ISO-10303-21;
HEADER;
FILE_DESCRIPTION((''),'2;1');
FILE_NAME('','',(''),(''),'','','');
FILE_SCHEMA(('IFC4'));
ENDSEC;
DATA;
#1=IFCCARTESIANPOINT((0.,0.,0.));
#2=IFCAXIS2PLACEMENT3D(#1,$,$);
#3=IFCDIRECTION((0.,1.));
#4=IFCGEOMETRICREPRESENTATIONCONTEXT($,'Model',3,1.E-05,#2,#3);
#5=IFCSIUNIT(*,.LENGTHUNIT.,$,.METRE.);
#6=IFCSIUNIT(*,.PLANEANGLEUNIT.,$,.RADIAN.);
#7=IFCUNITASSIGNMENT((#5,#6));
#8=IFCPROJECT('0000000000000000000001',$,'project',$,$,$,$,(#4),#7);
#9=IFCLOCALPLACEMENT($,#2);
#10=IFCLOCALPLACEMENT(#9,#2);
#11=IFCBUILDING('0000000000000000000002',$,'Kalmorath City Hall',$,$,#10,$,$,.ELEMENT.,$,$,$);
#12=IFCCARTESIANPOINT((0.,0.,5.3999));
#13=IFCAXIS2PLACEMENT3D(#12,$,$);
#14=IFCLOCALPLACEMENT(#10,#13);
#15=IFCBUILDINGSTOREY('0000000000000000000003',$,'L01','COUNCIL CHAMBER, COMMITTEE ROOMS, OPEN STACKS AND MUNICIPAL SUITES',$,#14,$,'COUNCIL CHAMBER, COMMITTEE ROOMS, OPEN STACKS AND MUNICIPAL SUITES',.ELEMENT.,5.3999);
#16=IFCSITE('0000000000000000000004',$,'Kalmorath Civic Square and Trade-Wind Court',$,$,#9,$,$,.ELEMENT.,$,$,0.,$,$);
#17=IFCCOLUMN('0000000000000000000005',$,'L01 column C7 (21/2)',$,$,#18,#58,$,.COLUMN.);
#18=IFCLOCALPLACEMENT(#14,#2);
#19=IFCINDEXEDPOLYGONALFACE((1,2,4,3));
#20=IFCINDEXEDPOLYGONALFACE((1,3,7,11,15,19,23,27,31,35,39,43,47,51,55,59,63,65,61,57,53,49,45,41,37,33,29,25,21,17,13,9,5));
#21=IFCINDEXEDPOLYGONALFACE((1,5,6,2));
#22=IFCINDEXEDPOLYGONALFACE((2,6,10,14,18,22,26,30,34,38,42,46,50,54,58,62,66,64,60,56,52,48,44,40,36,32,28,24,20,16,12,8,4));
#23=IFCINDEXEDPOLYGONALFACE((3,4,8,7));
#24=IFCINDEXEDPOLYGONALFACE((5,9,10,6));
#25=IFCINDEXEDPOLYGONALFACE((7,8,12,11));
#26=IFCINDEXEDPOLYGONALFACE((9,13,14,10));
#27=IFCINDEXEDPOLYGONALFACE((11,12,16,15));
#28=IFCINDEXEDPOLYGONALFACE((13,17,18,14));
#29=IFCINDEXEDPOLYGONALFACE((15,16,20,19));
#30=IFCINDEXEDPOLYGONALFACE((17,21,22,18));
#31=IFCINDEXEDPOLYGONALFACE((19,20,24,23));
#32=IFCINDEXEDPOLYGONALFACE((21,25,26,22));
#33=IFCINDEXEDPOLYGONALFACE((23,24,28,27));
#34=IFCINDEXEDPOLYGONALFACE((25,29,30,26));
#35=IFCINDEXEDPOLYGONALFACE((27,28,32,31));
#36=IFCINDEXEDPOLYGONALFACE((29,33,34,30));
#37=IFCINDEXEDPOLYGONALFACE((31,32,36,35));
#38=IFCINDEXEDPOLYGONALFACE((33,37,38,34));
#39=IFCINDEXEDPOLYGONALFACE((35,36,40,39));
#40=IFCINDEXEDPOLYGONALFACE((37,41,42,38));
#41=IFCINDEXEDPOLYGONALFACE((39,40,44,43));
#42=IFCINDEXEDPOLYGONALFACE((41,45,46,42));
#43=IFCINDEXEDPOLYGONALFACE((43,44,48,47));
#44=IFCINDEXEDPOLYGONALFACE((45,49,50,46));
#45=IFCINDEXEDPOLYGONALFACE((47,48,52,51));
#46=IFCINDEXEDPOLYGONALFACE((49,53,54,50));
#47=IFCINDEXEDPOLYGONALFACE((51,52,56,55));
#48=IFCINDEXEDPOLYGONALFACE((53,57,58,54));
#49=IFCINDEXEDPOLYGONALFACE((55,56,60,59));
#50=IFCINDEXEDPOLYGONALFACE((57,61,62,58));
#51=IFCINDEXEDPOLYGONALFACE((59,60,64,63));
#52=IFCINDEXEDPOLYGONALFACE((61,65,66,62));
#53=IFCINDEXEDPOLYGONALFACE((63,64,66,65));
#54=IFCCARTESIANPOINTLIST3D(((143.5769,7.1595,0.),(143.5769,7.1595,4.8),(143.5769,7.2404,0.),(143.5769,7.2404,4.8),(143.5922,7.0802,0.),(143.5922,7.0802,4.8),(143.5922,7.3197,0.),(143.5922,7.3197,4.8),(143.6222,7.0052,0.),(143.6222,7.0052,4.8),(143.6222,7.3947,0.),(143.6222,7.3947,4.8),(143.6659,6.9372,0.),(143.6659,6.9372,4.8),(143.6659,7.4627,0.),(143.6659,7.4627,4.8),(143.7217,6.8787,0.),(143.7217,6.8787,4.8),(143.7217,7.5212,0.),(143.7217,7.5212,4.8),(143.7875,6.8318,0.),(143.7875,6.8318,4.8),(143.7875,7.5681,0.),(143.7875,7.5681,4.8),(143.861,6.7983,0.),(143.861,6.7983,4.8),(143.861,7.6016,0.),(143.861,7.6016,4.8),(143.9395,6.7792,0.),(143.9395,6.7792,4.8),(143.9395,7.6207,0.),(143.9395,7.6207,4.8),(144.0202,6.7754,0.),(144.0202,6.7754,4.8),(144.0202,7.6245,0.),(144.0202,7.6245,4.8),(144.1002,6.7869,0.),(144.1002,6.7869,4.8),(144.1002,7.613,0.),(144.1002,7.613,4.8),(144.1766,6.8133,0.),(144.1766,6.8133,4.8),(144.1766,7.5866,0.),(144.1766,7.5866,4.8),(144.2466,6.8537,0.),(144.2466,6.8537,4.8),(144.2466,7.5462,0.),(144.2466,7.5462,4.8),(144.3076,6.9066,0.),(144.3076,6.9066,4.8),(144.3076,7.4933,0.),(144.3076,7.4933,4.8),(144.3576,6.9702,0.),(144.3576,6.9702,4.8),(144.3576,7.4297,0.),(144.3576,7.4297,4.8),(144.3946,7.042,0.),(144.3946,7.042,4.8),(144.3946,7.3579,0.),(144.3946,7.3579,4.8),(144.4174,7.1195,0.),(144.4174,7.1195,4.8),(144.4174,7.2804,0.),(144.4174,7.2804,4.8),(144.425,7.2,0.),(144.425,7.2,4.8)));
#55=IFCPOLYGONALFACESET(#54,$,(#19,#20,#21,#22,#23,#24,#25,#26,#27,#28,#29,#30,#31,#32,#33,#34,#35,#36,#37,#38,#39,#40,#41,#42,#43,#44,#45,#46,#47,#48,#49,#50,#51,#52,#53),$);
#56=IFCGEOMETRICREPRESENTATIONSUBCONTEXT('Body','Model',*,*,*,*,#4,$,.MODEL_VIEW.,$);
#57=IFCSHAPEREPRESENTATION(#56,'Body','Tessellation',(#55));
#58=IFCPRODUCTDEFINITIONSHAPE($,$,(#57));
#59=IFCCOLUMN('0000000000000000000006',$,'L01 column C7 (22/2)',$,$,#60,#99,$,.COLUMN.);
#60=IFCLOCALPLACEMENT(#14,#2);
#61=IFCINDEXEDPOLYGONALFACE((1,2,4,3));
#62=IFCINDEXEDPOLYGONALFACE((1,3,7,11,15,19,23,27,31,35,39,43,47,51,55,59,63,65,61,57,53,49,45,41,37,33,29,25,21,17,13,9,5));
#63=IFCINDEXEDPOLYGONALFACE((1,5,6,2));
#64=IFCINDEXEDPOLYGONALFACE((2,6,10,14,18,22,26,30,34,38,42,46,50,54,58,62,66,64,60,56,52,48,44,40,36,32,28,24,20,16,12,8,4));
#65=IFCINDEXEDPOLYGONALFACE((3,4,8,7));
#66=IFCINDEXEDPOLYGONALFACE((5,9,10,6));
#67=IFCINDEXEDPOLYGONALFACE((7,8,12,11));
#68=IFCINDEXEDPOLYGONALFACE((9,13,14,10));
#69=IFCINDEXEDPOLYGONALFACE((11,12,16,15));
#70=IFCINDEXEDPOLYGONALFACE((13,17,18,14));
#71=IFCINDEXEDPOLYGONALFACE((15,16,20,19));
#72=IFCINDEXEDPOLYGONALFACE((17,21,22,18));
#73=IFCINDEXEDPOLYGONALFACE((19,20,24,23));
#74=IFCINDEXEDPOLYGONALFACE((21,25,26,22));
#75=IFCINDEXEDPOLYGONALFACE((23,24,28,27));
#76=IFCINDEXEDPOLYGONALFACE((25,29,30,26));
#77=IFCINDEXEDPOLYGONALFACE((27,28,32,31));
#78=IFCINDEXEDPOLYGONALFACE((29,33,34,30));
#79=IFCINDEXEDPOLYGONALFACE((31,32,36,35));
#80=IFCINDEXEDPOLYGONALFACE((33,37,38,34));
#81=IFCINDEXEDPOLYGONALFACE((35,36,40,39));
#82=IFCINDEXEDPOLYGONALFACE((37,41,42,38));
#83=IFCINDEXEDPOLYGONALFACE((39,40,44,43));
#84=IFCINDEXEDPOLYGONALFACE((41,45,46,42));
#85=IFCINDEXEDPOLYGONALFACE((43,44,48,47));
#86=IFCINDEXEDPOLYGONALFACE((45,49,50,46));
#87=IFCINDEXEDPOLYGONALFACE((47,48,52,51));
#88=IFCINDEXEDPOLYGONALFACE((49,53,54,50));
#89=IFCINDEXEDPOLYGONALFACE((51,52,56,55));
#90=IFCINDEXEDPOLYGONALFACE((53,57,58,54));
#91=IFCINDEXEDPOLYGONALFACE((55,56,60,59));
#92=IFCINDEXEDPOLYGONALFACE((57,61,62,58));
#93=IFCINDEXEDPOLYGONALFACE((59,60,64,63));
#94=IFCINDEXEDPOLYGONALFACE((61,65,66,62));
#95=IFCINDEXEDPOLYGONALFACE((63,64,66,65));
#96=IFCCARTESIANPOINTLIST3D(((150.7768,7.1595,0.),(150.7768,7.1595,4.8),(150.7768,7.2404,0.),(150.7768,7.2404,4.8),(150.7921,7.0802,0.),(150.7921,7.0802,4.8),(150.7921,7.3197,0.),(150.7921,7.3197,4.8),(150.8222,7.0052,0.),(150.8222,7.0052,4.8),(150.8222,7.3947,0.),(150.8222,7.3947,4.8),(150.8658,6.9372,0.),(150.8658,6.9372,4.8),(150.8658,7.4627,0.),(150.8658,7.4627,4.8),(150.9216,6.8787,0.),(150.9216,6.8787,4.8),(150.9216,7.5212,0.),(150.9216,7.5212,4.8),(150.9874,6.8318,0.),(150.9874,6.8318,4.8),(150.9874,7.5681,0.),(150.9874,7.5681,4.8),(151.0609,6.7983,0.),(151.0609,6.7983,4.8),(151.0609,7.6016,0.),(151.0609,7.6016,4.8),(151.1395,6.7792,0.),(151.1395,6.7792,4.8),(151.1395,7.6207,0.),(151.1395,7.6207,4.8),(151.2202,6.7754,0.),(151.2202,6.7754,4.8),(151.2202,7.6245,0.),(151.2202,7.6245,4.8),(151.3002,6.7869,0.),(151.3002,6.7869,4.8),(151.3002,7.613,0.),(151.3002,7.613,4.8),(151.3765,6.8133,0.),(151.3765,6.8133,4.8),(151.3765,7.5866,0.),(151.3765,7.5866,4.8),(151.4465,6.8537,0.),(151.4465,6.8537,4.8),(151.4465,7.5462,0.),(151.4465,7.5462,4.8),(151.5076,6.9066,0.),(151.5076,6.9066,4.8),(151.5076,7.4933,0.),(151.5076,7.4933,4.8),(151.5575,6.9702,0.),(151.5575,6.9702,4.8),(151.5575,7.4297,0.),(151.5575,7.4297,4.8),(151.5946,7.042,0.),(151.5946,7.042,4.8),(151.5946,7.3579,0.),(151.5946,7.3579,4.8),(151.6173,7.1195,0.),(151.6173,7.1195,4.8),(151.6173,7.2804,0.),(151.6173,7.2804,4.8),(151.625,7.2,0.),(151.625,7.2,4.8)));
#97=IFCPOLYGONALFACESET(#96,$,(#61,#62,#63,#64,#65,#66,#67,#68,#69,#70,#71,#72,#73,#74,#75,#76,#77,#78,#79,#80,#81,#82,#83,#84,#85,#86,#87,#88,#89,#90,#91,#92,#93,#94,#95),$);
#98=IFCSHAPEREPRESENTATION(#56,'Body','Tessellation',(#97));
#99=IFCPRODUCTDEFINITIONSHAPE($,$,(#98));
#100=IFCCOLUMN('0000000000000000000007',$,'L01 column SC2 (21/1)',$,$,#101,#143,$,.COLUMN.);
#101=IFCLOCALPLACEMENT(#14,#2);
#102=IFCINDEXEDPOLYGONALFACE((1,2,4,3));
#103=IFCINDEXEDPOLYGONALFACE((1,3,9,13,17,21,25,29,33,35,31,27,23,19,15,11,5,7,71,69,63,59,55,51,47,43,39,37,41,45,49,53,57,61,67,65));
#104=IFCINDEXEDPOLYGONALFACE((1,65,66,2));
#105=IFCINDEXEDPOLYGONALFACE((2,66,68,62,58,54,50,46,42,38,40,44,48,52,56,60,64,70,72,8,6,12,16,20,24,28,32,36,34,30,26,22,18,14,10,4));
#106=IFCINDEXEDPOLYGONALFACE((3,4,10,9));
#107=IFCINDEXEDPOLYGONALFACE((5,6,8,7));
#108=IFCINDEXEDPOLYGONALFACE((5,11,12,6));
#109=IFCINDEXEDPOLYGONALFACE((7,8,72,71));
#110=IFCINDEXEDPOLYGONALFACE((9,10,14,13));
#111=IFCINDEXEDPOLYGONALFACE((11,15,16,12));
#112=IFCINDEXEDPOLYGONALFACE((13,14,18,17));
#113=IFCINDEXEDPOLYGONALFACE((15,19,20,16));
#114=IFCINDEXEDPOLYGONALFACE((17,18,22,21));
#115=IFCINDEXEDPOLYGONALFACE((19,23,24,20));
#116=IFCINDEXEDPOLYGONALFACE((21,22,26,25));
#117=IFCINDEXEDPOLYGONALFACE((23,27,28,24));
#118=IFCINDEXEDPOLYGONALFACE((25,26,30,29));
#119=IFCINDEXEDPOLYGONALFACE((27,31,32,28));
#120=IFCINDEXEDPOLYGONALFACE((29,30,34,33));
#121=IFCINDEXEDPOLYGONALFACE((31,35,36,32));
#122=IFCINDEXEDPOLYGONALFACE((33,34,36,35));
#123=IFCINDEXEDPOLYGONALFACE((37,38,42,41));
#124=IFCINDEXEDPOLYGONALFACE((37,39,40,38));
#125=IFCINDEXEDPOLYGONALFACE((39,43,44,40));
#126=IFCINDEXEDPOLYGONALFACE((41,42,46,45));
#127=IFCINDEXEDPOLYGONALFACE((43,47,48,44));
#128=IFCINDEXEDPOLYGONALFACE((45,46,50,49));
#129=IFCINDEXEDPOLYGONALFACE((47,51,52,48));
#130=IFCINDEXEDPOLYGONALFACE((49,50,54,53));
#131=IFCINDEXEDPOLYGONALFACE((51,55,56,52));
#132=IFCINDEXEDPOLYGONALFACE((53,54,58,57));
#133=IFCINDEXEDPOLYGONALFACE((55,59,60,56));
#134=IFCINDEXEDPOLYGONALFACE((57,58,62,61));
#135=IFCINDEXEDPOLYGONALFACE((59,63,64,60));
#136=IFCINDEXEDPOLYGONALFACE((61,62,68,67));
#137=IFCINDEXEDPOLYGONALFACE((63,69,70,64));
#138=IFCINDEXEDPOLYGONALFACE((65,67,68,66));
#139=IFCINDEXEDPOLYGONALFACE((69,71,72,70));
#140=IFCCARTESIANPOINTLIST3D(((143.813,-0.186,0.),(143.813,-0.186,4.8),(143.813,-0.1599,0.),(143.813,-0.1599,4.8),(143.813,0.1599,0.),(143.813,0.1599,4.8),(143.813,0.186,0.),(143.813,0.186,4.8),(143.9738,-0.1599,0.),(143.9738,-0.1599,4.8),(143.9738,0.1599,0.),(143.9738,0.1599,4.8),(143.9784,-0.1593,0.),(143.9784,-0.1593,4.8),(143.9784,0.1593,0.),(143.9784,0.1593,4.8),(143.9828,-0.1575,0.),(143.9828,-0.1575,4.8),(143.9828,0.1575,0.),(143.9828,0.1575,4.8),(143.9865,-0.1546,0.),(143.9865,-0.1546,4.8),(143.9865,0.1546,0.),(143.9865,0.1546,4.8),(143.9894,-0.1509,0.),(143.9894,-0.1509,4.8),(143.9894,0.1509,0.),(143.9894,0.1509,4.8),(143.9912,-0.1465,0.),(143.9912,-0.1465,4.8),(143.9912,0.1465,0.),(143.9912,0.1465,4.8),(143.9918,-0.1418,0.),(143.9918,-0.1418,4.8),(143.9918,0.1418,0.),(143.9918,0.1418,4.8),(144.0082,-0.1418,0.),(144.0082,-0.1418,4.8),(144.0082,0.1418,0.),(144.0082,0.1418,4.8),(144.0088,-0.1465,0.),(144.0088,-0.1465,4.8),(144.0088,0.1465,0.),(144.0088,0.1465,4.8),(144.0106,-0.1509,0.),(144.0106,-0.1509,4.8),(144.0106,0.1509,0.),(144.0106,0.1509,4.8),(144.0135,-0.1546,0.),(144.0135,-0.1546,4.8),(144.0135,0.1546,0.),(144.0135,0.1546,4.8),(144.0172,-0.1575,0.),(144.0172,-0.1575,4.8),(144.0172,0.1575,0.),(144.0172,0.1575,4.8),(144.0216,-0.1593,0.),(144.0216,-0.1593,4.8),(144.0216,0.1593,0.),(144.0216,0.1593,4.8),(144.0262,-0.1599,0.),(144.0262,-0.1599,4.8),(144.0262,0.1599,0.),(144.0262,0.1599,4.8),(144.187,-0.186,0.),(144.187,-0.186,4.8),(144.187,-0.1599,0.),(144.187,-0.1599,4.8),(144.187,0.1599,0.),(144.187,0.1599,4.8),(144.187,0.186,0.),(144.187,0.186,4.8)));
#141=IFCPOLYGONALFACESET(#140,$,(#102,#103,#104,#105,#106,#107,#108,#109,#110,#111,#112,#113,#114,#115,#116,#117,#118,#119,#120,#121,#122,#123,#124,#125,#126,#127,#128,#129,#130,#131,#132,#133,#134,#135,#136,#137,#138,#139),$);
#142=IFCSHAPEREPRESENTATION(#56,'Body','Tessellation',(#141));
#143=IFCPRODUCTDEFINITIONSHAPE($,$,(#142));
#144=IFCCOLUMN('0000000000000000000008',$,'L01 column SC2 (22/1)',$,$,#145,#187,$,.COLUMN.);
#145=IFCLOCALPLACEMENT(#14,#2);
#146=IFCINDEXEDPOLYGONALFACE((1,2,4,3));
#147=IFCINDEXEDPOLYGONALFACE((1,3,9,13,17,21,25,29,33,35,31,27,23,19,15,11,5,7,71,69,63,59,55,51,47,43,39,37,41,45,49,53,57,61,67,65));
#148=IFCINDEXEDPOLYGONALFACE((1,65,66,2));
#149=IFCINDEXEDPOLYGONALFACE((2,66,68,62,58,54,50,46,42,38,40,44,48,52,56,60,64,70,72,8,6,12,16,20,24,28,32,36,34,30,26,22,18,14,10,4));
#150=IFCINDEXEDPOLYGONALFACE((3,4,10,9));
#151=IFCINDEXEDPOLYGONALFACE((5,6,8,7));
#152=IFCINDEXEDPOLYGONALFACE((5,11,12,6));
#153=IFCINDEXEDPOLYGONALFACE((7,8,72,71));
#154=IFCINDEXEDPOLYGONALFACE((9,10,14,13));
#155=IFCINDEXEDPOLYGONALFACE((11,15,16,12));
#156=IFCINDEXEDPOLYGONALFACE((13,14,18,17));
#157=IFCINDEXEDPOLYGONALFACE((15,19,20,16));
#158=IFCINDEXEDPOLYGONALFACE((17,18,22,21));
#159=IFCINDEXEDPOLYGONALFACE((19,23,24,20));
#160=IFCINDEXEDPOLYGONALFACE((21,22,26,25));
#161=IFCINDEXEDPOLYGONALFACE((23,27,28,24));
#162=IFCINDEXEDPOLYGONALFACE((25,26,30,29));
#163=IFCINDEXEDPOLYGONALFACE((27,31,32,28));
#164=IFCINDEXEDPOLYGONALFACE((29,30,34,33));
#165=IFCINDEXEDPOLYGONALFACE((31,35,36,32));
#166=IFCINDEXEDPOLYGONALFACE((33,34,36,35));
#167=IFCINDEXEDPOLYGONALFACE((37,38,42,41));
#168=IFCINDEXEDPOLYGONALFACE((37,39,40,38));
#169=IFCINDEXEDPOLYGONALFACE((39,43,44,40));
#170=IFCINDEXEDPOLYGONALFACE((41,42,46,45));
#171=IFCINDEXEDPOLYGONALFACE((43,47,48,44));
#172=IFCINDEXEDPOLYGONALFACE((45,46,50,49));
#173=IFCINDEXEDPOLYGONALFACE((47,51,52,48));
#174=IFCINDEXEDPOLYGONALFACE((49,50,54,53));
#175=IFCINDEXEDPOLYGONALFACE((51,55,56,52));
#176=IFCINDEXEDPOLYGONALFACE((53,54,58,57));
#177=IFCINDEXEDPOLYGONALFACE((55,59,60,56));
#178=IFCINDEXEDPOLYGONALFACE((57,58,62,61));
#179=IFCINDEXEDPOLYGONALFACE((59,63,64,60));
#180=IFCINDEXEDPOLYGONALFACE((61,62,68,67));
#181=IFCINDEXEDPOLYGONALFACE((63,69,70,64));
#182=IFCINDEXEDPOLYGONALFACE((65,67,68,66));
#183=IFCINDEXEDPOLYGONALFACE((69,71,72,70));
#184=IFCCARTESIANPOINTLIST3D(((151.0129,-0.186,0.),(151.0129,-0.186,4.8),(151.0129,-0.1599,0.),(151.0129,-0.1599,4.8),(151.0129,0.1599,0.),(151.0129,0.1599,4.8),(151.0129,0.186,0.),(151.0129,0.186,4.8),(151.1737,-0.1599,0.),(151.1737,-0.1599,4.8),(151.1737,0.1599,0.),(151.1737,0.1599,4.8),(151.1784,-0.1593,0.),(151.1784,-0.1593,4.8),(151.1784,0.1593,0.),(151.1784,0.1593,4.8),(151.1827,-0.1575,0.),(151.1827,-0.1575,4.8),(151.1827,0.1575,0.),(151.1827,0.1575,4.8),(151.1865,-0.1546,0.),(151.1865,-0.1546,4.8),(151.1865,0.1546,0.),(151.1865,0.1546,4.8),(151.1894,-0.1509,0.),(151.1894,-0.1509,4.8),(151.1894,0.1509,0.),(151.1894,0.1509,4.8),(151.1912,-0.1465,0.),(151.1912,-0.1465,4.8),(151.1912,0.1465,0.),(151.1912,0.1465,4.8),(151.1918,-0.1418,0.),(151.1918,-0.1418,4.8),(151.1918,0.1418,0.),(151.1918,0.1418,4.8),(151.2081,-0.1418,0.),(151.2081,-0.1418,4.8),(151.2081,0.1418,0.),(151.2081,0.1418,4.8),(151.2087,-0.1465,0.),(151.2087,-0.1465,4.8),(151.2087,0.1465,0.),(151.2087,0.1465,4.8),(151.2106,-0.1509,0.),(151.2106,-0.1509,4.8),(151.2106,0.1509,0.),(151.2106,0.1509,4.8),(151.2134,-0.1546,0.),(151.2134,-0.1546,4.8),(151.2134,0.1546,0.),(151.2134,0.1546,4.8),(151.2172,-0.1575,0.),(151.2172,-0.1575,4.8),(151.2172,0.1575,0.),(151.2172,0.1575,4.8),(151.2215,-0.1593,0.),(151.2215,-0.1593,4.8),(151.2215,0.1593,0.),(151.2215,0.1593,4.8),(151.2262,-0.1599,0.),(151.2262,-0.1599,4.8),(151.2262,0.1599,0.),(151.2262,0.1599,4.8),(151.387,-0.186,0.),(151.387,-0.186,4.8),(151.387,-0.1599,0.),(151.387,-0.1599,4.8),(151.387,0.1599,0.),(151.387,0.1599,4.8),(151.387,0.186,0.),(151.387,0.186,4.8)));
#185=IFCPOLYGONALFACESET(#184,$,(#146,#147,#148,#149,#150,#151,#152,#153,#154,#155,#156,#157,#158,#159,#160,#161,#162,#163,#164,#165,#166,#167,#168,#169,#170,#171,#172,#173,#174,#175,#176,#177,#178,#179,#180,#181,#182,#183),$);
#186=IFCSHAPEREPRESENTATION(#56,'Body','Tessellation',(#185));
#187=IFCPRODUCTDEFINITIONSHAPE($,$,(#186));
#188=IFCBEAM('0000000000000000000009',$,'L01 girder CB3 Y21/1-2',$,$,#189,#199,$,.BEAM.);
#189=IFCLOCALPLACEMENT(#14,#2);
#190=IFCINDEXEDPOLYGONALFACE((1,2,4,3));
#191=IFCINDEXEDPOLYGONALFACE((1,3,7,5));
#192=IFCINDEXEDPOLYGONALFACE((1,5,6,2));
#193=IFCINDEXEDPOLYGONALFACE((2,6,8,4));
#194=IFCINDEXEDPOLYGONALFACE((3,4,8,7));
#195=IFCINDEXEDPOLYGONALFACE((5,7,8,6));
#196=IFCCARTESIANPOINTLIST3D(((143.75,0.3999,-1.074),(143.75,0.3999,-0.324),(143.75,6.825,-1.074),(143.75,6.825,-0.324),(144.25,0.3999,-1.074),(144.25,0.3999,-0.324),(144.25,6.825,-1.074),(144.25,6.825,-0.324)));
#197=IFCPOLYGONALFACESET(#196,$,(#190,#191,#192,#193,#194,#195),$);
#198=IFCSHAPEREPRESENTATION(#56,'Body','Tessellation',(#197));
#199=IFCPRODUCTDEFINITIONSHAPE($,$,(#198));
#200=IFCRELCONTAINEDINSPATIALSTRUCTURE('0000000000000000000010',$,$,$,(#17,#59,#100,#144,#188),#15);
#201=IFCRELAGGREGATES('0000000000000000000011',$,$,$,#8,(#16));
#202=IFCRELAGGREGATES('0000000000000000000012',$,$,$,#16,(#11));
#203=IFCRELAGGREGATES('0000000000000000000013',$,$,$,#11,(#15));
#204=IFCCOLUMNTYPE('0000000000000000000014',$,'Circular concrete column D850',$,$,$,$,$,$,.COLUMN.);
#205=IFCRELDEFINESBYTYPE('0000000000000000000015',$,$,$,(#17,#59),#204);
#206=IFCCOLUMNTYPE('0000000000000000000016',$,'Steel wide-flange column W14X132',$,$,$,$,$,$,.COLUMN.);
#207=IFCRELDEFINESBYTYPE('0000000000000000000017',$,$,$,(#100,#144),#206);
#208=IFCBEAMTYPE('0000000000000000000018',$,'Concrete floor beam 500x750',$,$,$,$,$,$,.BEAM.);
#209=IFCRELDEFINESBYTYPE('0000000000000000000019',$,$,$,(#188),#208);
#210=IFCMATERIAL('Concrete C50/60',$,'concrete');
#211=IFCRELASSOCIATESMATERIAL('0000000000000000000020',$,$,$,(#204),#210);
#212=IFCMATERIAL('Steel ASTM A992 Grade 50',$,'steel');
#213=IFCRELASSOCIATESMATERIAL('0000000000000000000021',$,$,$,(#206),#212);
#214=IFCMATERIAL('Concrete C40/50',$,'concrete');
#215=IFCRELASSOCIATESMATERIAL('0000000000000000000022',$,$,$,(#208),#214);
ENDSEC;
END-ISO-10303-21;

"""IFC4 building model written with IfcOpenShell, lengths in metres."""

from ifc_helpers import new_model, si_unit, direction, frame, origin, origin_2d, place, context, subcontext, project, spatial, rectangle, circle, i_section, extrude, material, material_profile, profile_set, type_object, element, save


model = new_model("IFC4")

# Units and contexts
model_context = context("Model", 3, precision=1e-05, world=origin(), true_north=direction((0.0, 1.0)))
body_context = subcontext(model_context, "Body", "Model", "MODEL_VIEW")
ifc_project = project(units=[si_unit("LENGTHUNIT", "METRE"), si_unit("PLANEANGLEUNIT", "RADIAN")], contexts=[model_context])

# Site, building, storey
site_placement = place(None, origin())
site = spatial("IfcSite", under=ifc_project, at=site_placement, Name="Kalmorath Civic Square and Trade-Wind Court", CompositionType="ELEMENT", RefElevation=0.0)
building_placement = place(site_placement, origin())
building = spatial("IfcBuilding", under=site, at=building_placement, Name="Kalmorath City Hall", CompositionType="ELEMENT")
storey_placement = place(building_placement, frame((0.0, 0.0, 5.3999)))
storey = spatial("IfcBuildingStorey", under=building, at=storey_placement, Name="L01", Description="COUNCIL CHAMBER, COMMITTEE ROOMS, OPEN STACKS AND MUNICIPAL SUITES", LongName="COUNCIL CHAMBER, COMMITTEE ROOMS, OPEN STACKS AND MUNICIPAL SUITES", CompositionType="ELEMENT", Elevation=5.3999)

# Columns
ifc_material_1 = material(Name="Concrete C50/60", Category="concrete")
ifc_material_profile_1 = material_profile(ifc_material_1, circle(Radius=0.425, at=origin_2d()), Name="RC-COL-D850")
ifc_profile_set_1 = profile_set([ifc_material_profile_1], Name="Concrete C50/60")
column_type_1 = type_object("IfcColumnType", Name="Circular concrete column D850", PredefinedType="COLUMN", material=ifc_profile_set_1)
for number, where, z_axis, x_axis, name in (
    (1, (144.0, 7.2, 0.0), (0.0, 0.0, 1.0), (1.0, 0.0, 0.0), "L01 column C7 (21/2)"),
    (2, (151.2, 7.2, 0.0), (0.0, 0.0, 1.0), (1.0, 0.0, 0.0), "L01 column C7 (22/2)"),
):
    element("IfcColumn", number, at=place(storey_placement, frame(where, z_axis=z_axis, x_axis=x_axis)), inside=storey, type_object=column_type_1, Name=name, PredefinedType="COLUMN", context=body_context, shape_type="SweptSolid", body=[
        extrude(circle(Radius=0.425, at=origin_2d()), origin(), (0.0, 0.0, 1.0), 4.8),
    ])
ifc_material_2 = material(Name="Steel ASTM A992 Grade 50", Category="steel")
ifc_material_profile_2 = material_profile(ifc_material_2, i_section(OverallWidth=0.374, OverallDepth=0.3721, WebThickness=0.0164, FlangeThickness=0.0261, FilletRadius=0.0181, at=origin_2d()), Name="W14X132")
ifc_profile_set_2 = profile_set([ifc_material_profile_2], Name="Steel ASTM A992 Grade 50")
column_type_2 = type_object("IfcColumnType", Name="Steel wide-flange column W14X132", PredefinedType="COLUMN", material=ifc_profile_set_2)
for number, where, z_axis, x_axis, name in (
    (3, (144.0, 0.0, 0.0), (0.0, 0.0, 1.0), (1.0, 0.0, 0.0), "L01 column SC2 (21/1)"),
    (4, (151.2, 0.0, 0.0), (0.0, 0.0, 1.0), (1.0, 0.0, 0.0), "L01 column SC2 (22/1)"),
):
    element("IfcColumn", number, at=place(storey_placement, frame(where, z_axis=z_axis, x_axis=x_axis)), inside=storey, type_object=column_type_2, Name=name, PredefinedType="COLUMN", context=body_context, shape_type="SweptSolid", body=[
        extrude(i_section(OverallWidth=0.374, OverallDepth=0.3721, WebThickness=0.0164, FlangeThickness=0.0261, FilletRadius=0.0181, at=origin_2d()), origin(), (0.0, 0.0, 1.0), 4.8),
    ])

# Beam
ifc_material_3 = material(Name="Concrete C40/50", Category="concrete")
ifc_material_profile_3 = material_profile(ifc_material_3, rectangle(XDim=0.5, YDim=0.75, at=origin_2d()), Name="RC-BM-500X750")
ifc_profile_set_3 = profile_set([ifc_material_profile_3], Name="Concrete C40/50")
beam_type_1 = type_object("IfcBeamType", Name="Concrete floor beam 500x750", PredefinedType="BEAM", material=ifc_profile_set_3)
beam_1_placement = place(storey_placement, frame((144.0, 0.3999, -0.699), z_axis=(0.0, 1.0, 0.0), x_axis=(-1.0, 0.0, 0.0)))
element("IfcBeam", 5, at=beam_1_placement, inside=storey, type_object=beam_type_1, Name="L01 girder CB3 Y21/1-2", PredefinedType="BEAM", context=body_context, shape_type="SweptSolid", body=[
    extrude(rectangle(XDim=0.5, YDim=0.75, at=origin_2d()), origin(), (0.0, 0.0, 1.0), 6.425),
])

save(model, "model.ifc")
